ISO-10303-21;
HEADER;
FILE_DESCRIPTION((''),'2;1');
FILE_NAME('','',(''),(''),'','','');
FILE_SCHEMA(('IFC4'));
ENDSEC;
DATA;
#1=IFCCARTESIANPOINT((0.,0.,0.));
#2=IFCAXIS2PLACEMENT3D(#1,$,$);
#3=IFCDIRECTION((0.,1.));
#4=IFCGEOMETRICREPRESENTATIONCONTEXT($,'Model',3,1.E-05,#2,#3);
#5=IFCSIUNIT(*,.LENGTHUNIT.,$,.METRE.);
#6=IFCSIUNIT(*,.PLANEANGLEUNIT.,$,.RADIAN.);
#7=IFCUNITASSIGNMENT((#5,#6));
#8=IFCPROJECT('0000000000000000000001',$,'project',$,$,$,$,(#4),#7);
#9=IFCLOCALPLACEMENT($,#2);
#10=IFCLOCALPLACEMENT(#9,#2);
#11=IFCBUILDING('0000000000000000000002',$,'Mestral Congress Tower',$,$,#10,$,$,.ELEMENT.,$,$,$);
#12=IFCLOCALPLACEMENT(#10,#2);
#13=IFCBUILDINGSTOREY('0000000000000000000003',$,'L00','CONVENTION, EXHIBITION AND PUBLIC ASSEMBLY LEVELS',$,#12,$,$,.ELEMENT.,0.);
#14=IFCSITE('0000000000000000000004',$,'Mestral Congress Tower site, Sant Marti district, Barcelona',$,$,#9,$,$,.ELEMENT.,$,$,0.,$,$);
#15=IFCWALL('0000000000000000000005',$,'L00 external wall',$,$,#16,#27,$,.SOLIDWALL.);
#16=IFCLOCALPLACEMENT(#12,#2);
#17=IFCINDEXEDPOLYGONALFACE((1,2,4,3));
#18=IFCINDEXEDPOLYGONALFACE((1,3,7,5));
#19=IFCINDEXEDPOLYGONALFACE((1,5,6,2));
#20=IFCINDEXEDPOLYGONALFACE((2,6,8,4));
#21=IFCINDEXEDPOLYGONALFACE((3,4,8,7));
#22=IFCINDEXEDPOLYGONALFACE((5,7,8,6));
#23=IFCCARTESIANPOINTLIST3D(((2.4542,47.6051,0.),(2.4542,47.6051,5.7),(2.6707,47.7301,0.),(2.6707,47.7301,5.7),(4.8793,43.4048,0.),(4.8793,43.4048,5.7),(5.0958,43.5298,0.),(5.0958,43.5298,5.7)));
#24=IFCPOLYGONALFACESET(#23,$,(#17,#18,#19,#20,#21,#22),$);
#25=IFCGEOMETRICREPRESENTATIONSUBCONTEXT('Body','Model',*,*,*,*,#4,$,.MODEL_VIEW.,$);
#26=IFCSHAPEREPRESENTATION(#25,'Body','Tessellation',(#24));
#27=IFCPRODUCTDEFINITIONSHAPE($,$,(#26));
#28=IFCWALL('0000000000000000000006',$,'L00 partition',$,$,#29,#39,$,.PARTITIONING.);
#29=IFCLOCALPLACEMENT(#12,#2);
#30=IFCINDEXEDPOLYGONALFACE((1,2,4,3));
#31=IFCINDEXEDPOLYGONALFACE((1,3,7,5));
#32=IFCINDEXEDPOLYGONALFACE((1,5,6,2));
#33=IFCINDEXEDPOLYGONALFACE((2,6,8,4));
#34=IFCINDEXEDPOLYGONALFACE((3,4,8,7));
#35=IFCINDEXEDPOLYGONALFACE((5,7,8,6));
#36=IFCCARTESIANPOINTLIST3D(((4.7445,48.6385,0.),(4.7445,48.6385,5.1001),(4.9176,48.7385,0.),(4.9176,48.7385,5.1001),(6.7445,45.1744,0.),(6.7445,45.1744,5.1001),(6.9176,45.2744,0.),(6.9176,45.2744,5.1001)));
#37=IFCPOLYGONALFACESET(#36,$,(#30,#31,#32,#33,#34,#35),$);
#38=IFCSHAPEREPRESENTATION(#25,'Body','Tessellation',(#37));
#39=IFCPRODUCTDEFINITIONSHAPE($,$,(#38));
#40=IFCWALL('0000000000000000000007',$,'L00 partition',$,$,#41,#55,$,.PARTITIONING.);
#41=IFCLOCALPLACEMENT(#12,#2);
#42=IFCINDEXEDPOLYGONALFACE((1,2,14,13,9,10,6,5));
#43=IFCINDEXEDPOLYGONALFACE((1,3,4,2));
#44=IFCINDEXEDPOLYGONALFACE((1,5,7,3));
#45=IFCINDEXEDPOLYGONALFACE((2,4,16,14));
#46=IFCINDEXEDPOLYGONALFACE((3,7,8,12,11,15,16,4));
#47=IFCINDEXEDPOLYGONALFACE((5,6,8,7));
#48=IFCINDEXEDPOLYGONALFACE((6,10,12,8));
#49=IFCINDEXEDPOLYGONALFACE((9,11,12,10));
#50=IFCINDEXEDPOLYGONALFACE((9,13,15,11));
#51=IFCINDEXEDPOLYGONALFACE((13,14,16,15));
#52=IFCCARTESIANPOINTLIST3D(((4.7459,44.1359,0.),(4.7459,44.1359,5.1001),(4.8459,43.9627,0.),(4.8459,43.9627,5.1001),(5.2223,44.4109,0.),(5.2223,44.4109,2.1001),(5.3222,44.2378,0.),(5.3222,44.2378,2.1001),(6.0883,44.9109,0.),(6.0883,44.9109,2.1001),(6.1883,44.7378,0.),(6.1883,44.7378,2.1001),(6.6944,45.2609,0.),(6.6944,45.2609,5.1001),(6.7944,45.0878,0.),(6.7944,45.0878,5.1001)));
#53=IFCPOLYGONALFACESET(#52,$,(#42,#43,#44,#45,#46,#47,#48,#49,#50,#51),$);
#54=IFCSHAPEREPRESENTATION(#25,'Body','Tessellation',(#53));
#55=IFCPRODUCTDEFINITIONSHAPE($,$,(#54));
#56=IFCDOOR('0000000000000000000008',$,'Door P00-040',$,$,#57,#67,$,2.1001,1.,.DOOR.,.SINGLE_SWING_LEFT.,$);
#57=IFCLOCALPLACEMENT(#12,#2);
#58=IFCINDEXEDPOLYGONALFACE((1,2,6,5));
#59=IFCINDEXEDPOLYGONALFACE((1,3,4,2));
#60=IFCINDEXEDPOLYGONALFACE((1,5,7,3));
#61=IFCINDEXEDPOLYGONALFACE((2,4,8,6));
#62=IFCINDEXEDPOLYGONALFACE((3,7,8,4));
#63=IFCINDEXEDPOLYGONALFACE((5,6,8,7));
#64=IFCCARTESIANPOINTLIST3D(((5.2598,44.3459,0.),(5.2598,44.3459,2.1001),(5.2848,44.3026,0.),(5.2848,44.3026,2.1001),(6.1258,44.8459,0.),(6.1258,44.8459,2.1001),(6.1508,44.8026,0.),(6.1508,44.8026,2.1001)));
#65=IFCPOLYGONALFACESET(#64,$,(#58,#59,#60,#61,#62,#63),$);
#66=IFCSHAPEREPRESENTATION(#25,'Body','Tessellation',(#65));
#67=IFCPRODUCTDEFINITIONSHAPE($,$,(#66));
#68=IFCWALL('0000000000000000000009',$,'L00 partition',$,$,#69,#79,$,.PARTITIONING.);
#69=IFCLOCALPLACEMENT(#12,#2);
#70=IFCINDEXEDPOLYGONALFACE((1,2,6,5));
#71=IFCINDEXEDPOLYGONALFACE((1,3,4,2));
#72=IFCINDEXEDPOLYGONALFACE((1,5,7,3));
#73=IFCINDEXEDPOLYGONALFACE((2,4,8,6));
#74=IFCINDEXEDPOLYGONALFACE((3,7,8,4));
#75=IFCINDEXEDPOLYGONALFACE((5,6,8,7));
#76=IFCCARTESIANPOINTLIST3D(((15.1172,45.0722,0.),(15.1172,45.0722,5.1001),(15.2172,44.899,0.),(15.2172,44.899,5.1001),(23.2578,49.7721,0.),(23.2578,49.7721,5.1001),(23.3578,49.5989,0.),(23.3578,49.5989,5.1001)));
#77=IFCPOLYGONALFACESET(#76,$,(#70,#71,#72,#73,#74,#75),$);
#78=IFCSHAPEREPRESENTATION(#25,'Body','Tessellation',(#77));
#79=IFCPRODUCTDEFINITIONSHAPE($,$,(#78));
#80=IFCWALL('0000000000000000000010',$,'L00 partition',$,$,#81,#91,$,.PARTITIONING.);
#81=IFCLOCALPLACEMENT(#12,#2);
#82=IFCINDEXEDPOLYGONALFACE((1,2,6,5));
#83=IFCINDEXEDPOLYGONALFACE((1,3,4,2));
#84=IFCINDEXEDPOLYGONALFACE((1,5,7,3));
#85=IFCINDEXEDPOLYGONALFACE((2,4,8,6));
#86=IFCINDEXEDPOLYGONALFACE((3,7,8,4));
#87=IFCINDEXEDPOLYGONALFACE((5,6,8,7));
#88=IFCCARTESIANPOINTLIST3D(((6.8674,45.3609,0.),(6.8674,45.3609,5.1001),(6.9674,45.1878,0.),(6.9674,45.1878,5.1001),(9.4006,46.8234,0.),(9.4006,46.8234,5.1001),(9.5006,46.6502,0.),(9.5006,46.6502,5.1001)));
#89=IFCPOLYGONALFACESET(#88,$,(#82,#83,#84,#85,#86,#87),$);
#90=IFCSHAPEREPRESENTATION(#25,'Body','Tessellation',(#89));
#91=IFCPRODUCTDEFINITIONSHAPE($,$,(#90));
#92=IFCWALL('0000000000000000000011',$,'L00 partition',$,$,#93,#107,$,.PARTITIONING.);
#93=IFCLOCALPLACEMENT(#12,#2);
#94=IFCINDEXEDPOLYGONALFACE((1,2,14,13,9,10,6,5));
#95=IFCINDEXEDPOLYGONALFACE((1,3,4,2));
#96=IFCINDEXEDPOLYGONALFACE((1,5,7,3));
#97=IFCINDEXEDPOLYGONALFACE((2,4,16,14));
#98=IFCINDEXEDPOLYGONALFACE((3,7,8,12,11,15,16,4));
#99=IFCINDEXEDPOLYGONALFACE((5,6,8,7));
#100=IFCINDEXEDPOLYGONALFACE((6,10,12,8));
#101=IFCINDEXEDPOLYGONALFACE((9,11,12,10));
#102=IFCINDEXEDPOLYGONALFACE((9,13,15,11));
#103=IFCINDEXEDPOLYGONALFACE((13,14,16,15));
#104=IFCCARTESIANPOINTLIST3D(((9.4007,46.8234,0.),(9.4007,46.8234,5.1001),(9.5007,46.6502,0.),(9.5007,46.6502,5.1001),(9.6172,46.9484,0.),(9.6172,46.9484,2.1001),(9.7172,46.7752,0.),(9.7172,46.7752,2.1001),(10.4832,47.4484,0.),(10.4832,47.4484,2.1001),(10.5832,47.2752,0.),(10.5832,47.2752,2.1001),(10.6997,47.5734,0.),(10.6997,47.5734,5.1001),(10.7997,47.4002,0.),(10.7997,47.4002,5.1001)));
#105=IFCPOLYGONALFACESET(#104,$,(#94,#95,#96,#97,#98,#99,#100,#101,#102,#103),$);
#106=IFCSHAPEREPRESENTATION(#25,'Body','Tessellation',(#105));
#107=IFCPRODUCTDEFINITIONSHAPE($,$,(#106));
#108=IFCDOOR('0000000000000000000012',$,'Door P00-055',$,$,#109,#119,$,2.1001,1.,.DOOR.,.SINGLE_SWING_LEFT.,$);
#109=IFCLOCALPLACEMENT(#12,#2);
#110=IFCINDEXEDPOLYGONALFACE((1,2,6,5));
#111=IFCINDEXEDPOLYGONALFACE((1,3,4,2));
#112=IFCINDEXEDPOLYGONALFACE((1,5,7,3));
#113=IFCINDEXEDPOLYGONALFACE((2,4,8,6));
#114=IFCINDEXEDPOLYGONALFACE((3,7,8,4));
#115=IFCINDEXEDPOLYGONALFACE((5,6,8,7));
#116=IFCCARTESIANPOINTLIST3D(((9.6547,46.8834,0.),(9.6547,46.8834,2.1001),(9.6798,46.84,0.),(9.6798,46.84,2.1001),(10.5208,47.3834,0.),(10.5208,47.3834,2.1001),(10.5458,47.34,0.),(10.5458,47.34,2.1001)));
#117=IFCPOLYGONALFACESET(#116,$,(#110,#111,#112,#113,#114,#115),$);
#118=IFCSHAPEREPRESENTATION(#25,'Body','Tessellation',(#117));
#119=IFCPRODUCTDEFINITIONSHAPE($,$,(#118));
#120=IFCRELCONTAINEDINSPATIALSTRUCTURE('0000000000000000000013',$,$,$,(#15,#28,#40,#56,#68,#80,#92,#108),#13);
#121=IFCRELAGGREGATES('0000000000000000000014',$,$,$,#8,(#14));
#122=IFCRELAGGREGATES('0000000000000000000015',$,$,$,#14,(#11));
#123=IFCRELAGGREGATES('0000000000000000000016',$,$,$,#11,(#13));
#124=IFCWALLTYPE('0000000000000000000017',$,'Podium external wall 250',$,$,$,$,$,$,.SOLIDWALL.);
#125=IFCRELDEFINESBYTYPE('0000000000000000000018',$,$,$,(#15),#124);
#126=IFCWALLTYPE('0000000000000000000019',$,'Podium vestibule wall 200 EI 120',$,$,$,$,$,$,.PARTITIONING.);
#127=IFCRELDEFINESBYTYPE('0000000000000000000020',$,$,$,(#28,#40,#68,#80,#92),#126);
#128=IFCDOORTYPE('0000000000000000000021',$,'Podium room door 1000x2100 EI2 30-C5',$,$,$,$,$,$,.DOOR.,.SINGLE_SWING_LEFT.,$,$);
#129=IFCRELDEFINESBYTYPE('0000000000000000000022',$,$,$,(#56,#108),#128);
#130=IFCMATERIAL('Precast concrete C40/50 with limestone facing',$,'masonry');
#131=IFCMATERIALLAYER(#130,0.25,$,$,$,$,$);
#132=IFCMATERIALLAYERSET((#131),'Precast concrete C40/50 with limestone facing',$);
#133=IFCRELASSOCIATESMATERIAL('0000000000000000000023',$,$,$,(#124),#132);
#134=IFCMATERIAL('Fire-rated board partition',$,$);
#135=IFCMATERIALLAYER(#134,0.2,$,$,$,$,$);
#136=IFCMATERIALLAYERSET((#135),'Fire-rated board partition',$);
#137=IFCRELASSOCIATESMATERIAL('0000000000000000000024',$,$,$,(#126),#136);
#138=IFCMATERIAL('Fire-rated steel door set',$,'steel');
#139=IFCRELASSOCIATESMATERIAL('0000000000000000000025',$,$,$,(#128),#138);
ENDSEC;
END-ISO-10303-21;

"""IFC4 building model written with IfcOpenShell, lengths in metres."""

from ifc_helpers import new_model, si_unit, direction, frame, frame_2d, origin, place, context, subcontext, project, spatial, rectangle, extrude, material, layer, layer_set, type_object, element, fill, save


model = new_model("IFC4")

# Units and contexts
model_context = context("Model", 3, precision=1e-05, world=origin(), true_north=direction((0.0, 1.0)))
body_context = subcontext(model_context, "Body", "Model", "MODEL_VIEW")
ifc_project = project(units=[si_unit("LENGTHUNIT", "METRE"), si_unit("PLANEANGLEUNIT", "RADIAN")], contexts=[model_context])

# Site, building, storey
site_placement = place(None, origin())
site = spatial("IfcSite", under=ifc_project, at=site_placement, Name="Mestral Congress Tower site, Sant Marti district, Barcelona", CompositionType="ELEMENT", RefElevation=0.0)
building_placement = place(site_placement, origin())
building = spatial("IfcBuilding", under=site, at=building_placement, Name="Mestral Congress Tower", CompositionType="ELEMENT")
storey_placement = place(building_placement, origin())
storey = spatial("IfcBuildingStorey", under=building, at=storey_placement, Name="L00", Description="CONVENTION, EXHIBITION AND PUBLIC ASSEMBLY LEVELS", CompositionType="ELEMENT", Elevation=0.0)

# Shared definitions
ifc_material_1 = material(Name="Precast concrete C40/50 with limestone facing", Category="masonry")
ifc_layer_1 = layer(ifc_material_1, 0.25)
ifc_layer_set_1 = layer_set([ifc_layer_1], Name="Precast concrete C40/50 with limestone facing")
wall_type_1 = type_object("IfcWallType", Name="Podium external wall 250", PredefinedType="SOLIDWALL", material=ifc_layer_set_1)

# Walls
wall_1_placement = place(storey_placement, frame((4.9875, 43.4673, 0.0), z_axis=(0.0, 0.0, 1.0), x_axis=(-0.50001, 0.86602, 0.0)))
element("IfcWall", 1, at=wall_1_placement, inside=storey, type_object=wall_type_1, Name="L00 external wall", PredefinedType="SOLIDWALL", context=body_context, shape_type="SweptSolid", body=[
    extrude(rectangle(XDim=4.8501, YDim=0.25, at=frame_2d((2.425, 0.0))), origin(), (0.0, 0.0, 1.0), 5.7),
])
ifc_material_2 = material(Name="Fire-rated board partition")
ifc_layer_2 = layer(ifc_material_2, 0.2)
ifc_layer_set_2 = layer_set([ifc_layer_2], Name="Fire-rated board partition")
wall_type_2 = type_object("IfcWallType", Name="Podium vestibule wall 200 EI 120", PredefinedType="PARTITIONING", material=ifc_layer_set_2)
wall_2_placement = place(storey_placement, frame((6.8311, 45.2244, 0.0), z_axis=(0.0, 0.0, 1.0), x_axis=(-0.499999, 0.866026, 0.0)))
element("IfcWall", 2, at=wall_2_placement, inside=storey, type_object=wall_type_2, Name="L00 partition", PredefinedType="PARTITIONING", context=body_context, shape_type="SweptSolid", body=[
    extrude(rectangle(XDim=4.0, YDim=0.2, at=frame_2d((2.0, 0.0))), origin(), (0.0, 0.0, 1.0), 5.1001),
])

# Wall, opening, door
wall_3_placement = place(storey_placement, frame((4.7959, 44.0493, 0.0), z_axis=(0.0, 0.0, 1.0), x_axis=(0.866018, 0.500014, 0.0)))
wall_3 = element("IfcWall", 3, at=wall_3_placement, inside=storey, type_object=wall_type_2, Name="L00 partition", PredefinedType="PARTITIONING", context=body_context, shape_type="SweptSolid", body=[
    extrude(rectangle(XDim=2.25, YDim=0.2, at=frame_2d((1.125, 0.0))), origin(), (0.0, 0.0, 1.0), 5.1001),
])
opening_1_placement = place(wall_3_placement, frame((0.55, 0.0, 0.0)))
opening_1 = element("IfcOpeningElement", 4, at=opening_1_placement, cuts=wall_3, PredefinedType="OPENING", context=body_context, shape_type="SweptSolid", body=[
    extrude(rectangle(XDim=1.0, YDim=2.1001, at=frame_2d((0.5, 1.05))), frame((0.0, 0.1099, 0.0), z_axis=(0.0, -1.0, 0.0), x_axis=(1.0, 0.0, 0.0)), (0.0, 0.0, 1.0), 0.22),
])
ifc_material_3 = material(Name="Fire-rated steel door set", Category="steel")
door_type_1 = type_object("IfcDoorType", Name="Podium room door 1000x2100 EI2 30-C5", OperationType="SINGLE_SWING_LEFT", PredefinedType="DOOR", material=ifc_material_3)
door_1_placement = place(opening_1_placement, origin())
door_1 = element("IfcDoor", 5, at=door_1_placement, inside=storey, type_object=door_type_1, Name="Door P00-040", OperationType="SINGLE_SWING_LEFT", OverallHeight=2.1001, OverallWidth=1.0, PredefinedType="DOOR", context=body_context, shape_type="SweptSolid", body=[
    extrude(rectangle(XDim=1.0, YDim=2.1001, at=frame_2d((0.5, 1.05))), frame((0.0, 0.0249, 0.0), z_axis=(0.0, -1.0, 0.0), x_axis=(1.0, 0.0, 0.0)), (0.0, 0.0, 1.0), 0.05),
])
fill(opening_1, door_1)

# Walls
wall_4_placement = place(storey_placement, frame((15.1672, 44.9856, 0.0), z_axis=(0.0, 0.0, 1.0), x_axis=(0.866027, 0.499997, 0.0)))
element("IfcWall", 6, at=wall_4_placement, inside=storey, type_object=wall_type_2, Name="L00 partition", PredefinedType="PARTITIONING", context=body_context, shape_type="SweptSolid", body=[
    extrude(rectangle(XDim=9.3999, YDim=0.2, at=frame_2d((4.7, 0.0))), origin(), (0.0, 0.0, 1.0), 5.1001),
])
wall_5_placement = place(storey_placement, frame((6.9175, 45.2744, 0.0), z_axis=(0.0, 0.0, 1.0), x_axis=(0.866047, 0.499963, 0.0)))
element("IfcWall", 7, at=wall_5_placement, inside=storey, type_object=wall_type_2, Name="L00 partition", PredefinedType="PARTITIONING", context=body_context, shape_type="SweptSolid", body=[
    extrude(rectangle(XDim=2.925, YDim=0.2, at=frame_2d((1.4624, 0.0))), origin(), (0.0, 0.0, 1.0), 5.1001),
])

# Wall, opening, door
wall_6_placement = place(storey_placement, frame((9.4507, 46.7368, 0.0), z_axis=(0.0, 0.0, 1.0), x_axis=(0.866031, 0.49999, 0.0)))
wall_6 = element("IfcWall", 8, at=wall_6_placement, inside=storey, type_object=wall_type_2, Name="L00 partition", PredefinedType="PARTITIONING", context=body_context, shape_type="SweptSolid", body=[
    extrude(rectangle(XDim=1.5, YDim=0.2, at=frame_2d((0.75, 0.0))), origin(), (0.0, 0.0, 1.0), 5.1001),
])
opening_2_placement = place(wall_6_placement, frame((0.25, 0.0, 0.0)))
opening_2 = element("IfcOpeningElement", 9, at=opening_2_placement, cuts=wall_6, PredefinedType="OPENING", context=body_context, shape_type="SweptSolid", body=[
    extrude(rectangle(XDim=1.0, YDim=2.1001, at=frame_2d((0.5, 1.05))), frame((0.0, 0.1099, 0.0), z_axis=(0.0, -1.0, 0.0), x_axis=(1.0, 0.0, 0.0)), (0.0, 0.0, 1.0), 0.22),
])
door_2_placement = place(opening_2_placement, origin())
door_2 = element("IfcDoor", 10, at=door_2_placement, inside=storey, type_object=door_type_1, Name="Door P00-055", OperationType="SINGLE_SWING_LEFT", OverallHeight=2.1001, OverallWidth=1.0, PredefinedType="DOOR", context=body_context, shape_type="SweptSolid", body=[
    extrude(rectangle(XDim=1.0, YDim=2.1001, at=frame_2d((0.5, 1.05))), frame((0.0, 0.0249, 0.0), z_axis=(0.0, -1.0, 0.0), x_axis=(1.0, 0.0, 0.0)), (0.0, 0.0, 1.0), 0.05),
])
fill(opening_2, door_2)

save(model, "model.ifc")
